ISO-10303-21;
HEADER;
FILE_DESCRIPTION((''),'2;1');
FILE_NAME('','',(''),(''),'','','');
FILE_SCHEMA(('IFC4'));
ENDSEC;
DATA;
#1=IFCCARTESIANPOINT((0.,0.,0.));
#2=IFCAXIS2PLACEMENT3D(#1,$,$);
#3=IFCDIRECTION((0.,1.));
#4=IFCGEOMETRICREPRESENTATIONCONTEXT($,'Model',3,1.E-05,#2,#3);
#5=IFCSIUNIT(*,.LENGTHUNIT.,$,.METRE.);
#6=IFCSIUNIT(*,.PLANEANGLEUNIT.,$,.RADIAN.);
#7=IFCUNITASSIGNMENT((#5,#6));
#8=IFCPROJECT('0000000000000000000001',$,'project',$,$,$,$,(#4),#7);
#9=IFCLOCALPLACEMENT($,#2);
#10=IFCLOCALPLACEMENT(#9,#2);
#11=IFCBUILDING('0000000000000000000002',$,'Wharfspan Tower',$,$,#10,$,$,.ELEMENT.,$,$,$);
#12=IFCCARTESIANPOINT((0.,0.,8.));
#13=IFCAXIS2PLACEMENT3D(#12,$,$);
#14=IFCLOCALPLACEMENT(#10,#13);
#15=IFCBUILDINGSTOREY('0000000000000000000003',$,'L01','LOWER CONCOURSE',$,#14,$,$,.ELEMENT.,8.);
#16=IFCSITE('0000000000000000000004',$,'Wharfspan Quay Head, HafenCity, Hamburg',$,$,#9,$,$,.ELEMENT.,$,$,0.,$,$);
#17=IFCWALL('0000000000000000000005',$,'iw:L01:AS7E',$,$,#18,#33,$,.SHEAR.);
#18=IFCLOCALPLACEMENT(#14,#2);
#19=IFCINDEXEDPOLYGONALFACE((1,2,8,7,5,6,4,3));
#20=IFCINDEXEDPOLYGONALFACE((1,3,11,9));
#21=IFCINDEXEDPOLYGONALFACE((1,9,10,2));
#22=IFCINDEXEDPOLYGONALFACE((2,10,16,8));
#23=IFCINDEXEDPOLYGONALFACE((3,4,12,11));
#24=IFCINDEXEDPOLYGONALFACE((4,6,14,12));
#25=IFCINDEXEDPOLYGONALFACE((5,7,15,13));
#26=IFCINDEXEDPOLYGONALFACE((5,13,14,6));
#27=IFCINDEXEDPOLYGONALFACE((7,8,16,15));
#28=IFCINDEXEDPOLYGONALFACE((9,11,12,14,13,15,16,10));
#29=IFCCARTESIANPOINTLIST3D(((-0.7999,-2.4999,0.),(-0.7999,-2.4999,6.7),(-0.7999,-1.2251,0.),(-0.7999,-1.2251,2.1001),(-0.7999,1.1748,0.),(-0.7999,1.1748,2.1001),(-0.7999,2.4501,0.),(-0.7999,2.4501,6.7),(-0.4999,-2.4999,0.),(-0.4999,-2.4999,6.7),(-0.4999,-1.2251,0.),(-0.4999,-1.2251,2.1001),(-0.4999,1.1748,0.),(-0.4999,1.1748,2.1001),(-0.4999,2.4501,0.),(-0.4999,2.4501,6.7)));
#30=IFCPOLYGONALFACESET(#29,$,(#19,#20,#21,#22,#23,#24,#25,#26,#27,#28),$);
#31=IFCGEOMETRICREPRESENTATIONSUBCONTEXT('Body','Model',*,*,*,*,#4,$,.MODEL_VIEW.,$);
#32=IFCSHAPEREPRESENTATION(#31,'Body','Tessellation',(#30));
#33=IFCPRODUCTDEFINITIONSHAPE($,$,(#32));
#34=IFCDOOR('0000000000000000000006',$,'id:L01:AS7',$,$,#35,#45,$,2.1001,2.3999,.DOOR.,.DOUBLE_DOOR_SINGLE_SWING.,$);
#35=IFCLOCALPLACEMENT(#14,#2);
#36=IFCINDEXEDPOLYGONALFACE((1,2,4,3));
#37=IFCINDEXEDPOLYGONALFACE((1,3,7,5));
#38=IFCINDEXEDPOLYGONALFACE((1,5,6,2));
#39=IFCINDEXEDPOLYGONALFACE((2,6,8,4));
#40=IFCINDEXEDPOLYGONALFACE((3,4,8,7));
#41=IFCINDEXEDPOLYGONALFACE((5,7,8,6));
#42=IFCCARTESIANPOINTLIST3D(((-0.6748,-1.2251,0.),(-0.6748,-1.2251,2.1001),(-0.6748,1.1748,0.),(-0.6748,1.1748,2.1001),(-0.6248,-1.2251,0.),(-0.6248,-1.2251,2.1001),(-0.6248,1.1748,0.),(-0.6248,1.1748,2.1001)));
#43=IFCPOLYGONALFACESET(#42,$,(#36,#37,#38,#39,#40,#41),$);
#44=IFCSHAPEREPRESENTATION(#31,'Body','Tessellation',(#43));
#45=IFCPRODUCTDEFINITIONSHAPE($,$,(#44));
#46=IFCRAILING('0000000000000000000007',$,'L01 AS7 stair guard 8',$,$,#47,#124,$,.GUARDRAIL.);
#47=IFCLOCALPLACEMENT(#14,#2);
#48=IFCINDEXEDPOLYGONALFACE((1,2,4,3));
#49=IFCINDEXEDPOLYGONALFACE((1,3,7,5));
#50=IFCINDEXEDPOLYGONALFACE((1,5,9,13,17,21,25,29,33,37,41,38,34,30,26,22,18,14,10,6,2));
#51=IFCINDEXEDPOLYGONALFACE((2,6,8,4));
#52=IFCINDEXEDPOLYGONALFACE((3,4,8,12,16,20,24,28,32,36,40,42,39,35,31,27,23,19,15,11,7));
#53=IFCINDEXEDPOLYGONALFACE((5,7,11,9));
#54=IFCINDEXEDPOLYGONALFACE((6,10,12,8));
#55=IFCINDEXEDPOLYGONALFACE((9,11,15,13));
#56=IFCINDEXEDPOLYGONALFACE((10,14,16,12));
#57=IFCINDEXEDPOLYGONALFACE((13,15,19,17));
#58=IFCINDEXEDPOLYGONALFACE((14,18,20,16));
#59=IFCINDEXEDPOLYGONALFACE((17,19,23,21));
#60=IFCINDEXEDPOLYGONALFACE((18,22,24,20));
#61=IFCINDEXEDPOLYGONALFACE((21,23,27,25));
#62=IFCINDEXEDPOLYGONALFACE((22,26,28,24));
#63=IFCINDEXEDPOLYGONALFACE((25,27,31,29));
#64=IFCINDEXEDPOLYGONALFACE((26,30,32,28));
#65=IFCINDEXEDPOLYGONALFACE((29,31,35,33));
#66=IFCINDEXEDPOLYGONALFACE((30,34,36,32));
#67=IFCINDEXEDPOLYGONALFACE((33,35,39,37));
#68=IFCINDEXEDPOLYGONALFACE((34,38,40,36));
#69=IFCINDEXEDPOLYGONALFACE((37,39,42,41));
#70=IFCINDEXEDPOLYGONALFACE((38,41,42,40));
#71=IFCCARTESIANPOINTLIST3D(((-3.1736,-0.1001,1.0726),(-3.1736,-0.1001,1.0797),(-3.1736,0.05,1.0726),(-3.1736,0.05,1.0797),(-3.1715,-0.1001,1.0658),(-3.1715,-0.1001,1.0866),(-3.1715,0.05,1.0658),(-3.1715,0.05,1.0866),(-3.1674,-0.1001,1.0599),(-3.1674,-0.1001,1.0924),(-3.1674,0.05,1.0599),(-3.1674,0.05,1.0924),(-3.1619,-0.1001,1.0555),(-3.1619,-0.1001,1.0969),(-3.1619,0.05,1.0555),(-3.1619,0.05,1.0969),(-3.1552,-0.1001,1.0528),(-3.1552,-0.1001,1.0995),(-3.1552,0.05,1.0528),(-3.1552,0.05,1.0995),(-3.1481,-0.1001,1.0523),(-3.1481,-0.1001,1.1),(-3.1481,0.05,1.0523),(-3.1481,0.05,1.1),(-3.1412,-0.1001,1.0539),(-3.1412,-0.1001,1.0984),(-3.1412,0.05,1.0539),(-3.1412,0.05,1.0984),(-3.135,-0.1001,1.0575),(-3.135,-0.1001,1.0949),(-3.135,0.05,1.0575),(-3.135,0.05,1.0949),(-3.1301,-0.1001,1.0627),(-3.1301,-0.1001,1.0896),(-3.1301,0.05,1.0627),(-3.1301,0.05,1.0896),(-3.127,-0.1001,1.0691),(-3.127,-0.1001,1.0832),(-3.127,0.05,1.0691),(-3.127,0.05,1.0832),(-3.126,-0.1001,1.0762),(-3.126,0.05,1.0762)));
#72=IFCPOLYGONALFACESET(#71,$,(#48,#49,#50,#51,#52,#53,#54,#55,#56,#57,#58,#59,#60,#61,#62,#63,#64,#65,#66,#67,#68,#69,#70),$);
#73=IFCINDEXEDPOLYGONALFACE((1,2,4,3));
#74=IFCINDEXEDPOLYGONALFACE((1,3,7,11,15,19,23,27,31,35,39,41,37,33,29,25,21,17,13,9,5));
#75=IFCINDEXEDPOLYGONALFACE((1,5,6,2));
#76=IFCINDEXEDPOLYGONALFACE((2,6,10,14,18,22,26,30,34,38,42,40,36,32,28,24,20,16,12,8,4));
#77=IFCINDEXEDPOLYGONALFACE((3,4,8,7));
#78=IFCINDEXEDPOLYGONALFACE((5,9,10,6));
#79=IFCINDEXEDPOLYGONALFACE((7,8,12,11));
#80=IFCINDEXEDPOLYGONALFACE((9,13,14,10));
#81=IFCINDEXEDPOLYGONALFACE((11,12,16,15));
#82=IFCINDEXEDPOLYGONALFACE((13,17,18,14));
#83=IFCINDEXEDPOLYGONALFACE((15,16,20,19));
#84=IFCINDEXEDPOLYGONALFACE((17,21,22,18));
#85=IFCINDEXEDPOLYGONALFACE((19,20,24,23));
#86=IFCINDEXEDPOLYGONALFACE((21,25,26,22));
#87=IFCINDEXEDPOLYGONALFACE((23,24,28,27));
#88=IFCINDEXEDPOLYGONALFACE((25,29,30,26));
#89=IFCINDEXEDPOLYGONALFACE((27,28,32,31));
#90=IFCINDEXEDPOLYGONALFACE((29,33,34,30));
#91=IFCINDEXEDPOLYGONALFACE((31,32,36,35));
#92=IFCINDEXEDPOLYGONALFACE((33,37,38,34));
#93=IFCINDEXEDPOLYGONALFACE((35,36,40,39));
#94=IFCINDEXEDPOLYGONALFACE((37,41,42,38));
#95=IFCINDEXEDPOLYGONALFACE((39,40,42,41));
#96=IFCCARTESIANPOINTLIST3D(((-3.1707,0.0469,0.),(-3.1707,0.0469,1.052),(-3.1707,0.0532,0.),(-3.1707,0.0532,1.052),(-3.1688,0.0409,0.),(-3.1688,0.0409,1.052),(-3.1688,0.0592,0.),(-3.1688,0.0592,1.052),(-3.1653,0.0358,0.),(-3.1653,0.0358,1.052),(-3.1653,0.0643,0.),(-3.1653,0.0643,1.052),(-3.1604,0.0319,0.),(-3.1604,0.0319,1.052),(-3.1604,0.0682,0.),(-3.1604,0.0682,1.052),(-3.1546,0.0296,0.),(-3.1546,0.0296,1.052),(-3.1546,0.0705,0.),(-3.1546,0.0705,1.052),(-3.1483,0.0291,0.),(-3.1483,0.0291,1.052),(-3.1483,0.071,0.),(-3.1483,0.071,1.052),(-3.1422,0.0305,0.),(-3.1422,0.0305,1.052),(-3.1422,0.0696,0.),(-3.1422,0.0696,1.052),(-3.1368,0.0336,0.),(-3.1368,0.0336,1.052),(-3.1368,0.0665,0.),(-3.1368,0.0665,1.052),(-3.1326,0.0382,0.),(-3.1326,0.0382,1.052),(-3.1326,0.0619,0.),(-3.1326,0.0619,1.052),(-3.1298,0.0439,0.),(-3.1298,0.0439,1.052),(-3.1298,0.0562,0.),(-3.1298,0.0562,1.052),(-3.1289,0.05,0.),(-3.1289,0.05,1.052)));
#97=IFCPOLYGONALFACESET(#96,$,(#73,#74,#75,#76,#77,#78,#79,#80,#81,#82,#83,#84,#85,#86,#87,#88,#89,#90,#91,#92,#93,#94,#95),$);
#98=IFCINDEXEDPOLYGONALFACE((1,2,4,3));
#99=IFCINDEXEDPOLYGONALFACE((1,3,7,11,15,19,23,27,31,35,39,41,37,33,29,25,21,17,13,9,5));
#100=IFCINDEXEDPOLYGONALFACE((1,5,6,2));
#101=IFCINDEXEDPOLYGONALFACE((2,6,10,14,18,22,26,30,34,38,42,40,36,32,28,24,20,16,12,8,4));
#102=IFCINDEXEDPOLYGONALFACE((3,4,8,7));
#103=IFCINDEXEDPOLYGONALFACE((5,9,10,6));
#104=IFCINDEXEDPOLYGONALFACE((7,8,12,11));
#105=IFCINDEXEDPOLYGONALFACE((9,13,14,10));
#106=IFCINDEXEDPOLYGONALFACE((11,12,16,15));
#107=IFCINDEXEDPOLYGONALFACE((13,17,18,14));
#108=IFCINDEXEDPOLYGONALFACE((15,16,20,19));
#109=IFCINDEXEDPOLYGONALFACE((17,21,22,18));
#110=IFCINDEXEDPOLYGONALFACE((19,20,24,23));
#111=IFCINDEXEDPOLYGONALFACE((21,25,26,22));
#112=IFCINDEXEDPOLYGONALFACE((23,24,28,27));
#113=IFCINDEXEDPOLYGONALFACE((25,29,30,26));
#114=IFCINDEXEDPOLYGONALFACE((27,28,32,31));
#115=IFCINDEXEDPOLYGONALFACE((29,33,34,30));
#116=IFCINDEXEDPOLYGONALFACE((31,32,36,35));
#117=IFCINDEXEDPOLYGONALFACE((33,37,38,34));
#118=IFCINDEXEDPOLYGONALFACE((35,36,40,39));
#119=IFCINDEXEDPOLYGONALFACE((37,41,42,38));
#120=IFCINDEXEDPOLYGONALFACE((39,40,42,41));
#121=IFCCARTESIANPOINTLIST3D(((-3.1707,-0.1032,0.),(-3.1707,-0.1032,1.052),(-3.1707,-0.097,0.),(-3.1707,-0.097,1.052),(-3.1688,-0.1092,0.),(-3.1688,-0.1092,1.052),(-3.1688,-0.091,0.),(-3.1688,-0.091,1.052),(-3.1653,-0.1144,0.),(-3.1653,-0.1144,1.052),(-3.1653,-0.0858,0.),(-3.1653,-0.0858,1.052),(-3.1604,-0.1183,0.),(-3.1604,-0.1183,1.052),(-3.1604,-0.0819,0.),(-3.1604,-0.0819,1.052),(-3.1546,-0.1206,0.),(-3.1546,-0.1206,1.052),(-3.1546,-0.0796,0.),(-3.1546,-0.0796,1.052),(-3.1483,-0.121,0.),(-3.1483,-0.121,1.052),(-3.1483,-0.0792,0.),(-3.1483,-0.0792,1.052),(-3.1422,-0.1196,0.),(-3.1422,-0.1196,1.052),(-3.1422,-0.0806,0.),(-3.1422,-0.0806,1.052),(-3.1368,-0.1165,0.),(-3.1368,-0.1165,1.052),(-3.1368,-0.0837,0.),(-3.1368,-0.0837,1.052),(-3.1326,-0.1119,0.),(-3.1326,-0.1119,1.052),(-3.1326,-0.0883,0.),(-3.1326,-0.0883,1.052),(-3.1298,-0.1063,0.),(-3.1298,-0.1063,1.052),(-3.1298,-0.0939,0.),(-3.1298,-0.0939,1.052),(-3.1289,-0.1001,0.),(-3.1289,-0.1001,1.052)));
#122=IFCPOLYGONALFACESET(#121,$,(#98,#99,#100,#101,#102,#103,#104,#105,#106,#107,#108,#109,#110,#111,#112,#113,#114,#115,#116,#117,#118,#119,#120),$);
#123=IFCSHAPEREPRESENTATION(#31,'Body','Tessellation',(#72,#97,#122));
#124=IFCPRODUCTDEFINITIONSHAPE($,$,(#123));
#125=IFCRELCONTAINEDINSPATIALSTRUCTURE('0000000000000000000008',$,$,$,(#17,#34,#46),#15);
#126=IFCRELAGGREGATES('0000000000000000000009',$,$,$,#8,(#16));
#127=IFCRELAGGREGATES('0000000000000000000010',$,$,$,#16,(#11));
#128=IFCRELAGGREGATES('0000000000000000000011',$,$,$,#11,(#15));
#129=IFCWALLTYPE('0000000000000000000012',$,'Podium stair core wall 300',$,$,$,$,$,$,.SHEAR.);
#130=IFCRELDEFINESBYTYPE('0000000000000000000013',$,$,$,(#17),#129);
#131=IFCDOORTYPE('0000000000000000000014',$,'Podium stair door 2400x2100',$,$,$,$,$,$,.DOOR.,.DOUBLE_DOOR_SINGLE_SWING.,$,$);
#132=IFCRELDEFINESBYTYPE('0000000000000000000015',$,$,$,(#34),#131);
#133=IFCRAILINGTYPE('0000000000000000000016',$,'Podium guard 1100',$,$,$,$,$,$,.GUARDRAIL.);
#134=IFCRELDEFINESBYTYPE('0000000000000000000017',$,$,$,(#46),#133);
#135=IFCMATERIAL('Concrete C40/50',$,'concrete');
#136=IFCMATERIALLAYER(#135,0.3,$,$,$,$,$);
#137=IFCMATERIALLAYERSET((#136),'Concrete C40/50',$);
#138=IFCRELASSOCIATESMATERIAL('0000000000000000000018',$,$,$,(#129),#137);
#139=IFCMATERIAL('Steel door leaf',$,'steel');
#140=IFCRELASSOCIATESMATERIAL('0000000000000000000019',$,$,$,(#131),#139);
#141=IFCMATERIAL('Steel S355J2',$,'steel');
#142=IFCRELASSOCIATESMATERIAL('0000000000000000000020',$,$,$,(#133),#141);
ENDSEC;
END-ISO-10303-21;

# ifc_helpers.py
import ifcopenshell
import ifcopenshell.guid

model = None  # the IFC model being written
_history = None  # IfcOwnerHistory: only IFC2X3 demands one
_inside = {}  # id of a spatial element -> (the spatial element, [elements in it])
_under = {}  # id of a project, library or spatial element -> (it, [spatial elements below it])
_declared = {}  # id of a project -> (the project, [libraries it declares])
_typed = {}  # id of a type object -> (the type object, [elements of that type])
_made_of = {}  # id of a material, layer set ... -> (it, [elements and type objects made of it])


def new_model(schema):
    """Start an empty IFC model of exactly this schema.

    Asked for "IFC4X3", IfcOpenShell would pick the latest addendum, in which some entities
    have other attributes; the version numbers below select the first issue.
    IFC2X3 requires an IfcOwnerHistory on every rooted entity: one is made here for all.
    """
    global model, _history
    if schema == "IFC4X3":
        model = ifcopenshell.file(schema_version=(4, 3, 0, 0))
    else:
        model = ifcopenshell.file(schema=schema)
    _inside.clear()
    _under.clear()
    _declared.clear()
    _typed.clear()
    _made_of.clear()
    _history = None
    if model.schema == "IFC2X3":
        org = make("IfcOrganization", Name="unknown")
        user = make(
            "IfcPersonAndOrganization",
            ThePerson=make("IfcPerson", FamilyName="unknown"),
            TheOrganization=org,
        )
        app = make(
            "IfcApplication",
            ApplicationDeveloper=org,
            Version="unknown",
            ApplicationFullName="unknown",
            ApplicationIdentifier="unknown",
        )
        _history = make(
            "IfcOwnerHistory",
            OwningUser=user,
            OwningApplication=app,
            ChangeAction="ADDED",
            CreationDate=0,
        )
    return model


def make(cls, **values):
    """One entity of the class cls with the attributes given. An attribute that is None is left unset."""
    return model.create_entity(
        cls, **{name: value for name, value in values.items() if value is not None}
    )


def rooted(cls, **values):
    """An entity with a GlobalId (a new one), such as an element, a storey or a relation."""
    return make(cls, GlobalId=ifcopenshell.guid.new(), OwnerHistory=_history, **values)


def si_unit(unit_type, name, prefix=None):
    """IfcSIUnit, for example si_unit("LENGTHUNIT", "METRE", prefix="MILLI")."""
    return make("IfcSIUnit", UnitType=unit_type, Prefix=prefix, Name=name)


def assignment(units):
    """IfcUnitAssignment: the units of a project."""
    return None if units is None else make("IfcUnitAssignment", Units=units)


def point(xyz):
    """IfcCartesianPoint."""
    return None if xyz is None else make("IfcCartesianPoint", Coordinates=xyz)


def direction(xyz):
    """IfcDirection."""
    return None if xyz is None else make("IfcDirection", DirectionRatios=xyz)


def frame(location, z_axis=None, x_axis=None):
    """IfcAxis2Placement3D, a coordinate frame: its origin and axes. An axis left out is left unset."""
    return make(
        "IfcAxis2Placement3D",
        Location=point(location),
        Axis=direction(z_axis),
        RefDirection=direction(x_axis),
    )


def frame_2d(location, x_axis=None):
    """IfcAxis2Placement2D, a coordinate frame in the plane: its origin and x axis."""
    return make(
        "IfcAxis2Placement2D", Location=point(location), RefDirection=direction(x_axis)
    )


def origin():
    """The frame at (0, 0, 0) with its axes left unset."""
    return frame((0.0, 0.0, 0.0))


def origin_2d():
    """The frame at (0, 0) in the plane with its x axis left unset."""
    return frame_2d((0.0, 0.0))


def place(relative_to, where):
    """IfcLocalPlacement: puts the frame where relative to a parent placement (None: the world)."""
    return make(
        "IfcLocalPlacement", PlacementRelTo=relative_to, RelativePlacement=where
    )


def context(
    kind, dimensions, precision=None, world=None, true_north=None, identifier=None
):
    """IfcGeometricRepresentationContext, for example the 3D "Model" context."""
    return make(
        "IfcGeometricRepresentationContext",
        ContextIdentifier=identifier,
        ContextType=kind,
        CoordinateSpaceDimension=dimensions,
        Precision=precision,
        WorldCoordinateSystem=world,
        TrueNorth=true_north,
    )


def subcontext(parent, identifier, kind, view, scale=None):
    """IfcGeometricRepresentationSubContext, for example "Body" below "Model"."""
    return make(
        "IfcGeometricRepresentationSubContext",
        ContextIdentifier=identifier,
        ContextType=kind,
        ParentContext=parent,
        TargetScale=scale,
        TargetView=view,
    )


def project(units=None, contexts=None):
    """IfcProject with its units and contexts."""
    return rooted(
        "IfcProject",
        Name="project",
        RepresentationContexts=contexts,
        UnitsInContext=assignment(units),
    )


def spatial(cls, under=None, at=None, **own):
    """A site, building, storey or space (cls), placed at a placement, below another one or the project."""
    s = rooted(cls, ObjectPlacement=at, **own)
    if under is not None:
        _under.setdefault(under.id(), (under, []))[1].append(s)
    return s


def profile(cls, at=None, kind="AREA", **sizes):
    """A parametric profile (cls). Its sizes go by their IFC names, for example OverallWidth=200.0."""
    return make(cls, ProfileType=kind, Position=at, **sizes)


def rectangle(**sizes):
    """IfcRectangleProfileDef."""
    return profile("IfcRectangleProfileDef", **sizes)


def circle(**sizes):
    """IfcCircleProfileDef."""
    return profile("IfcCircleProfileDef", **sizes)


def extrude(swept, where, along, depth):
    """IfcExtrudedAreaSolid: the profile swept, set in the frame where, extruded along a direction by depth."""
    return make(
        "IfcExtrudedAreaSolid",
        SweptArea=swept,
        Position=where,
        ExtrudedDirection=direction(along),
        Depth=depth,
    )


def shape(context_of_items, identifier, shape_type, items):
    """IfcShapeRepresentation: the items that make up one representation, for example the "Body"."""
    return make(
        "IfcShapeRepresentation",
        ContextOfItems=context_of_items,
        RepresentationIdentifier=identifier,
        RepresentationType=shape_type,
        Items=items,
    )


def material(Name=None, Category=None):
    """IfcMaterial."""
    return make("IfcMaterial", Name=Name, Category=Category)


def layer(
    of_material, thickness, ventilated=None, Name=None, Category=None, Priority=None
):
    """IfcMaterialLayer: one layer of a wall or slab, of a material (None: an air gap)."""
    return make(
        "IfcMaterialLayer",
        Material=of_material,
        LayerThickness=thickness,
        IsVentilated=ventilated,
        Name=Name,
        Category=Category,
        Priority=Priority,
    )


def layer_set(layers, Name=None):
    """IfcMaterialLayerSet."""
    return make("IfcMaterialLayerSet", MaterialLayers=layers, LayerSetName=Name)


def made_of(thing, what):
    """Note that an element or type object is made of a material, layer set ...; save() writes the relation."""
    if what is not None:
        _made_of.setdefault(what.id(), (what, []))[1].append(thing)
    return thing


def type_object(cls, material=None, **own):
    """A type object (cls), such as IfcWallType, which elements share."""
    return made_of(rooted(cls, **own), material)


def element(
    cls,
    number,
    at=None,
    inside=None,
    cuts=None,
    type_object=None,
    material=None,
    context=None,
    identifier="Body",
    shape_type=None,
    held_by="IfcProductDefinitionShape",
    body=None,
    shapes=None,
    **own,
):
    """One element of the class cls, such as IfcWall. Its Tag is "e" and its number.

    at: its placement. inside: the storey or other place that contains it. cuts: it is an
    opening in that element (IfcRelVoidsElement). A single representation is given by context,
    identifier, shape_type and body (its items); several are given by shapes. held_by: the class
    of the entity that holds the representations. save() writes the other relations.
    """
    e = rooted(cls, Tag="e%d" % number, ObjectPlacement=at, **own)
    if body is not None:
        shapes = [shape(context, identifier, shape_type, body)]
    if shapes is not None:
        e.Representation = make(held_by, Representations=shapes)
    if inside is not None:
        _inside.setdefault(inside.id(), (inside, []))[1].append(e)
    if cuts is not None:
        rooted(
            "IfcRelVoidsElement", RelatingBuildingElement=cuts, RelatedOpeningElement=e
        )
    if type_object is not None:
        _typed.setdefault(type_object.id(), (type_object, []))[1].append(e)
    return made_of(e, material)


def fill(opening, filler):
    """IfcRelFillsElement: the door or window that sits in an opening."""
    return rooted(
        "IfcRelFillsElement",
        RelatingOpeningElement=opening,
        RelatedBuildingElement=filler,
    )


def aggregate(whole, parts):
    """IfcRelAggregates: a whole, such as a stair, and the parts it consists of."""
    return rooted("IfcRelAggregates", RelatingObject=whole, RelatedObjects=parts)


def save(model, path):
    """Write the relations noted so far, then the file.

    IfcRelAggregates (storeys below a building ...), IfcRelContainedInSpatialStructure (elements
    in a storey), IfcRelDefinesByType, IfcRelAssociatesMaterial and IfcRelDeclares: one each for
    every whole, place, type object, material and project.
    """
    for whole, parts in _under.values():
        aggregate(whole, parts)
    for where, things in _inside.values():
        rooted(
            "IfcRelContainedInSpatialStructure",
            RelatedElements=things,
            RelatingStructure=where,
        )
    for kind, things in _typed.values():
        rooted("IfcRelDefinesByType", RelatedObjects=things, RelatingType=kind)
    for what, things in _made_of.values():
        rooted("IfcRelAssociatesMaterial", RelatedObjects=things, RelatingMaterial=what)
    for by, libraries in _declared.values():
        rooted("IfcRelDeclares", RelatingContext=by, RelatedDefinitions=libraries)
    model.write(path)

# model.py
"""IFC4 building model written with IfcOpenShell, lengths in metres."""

from ifc_helpers import new_model, si_unit, direction, frame, frame_2d, origin, origin_2d, place, context, subcontext, project, spatial, rectangle, circle, extrude, material, layer, layer_set, type_object, element, fill, save


model = new_model("IFC4")

# Units and contexts
model_context = context("Model", 3, precision=1e-05, world=origin(), true_north=direction((0.0, 1.0)))
body_context = subcontext(model_context, "Body", "Model", "MODEL_VIEW")
ifc_project = project(units=[si_unit("LENGTHUNIT", "METRE"), si_unit("PLANEANGLEUNIT", "RADIAN")], contexts=[model_context])

# Site, building, storey
site_placement = place(None, origin())
site = spatial("IfcSite", under=ifc_project, at=site_placement, Name="Wharfspan Quay Head, HafenCity, Hamburg", CompositionType="ELEMENT", RefElevation=0.0)
building_placement = place(site_placement, origin())
building = spatial("IfcBuilding", under=site, at=building_placement, Name="Wharfspan Tower", CompositionType="ELEMENT")
storey_placement = place(building_placement, frame((0.0, 0.0, 8.0)))
storey = spatial("IfcBuildingStorey", under=building, at=storey_placement, Name="L01", Description="LOWER CONCOURSE", CompositionType="ELEMENT", Elevation=8.0)

# Shared definitions
ifc_material_1 = material(Name="Concrete C40/50", Category="concrete")

# Wall, opening, door
ifc_layer_1 = layer(ifc_material_1, 0.3)
ifc_layer_set_1 = layer_set([ifc_layer_1], Name="Concrete C40/50")
wall_type_1 = type_object("IfcWallType", Name="Podium stair core wall 300", PredefinedType="SHEAR", material=ifc_layer_set_1)
wall_1_placement = place(storey_placement, frame((-0.6499, -2.5, 0.0), z_axis=(0.0, 0.0, 1.0), x_axis=(0.0, 1.0, 0.0)))
wall_1 = element("IfcWall", 1, at=wall_1_placement, inside=storey, type_object=wall_type_1, Name="iw:L01:AS7E", PredefinedType="SHEAR", context=body_context, shape_type="SweptSolid", body=[
    extrude(rectangle(XDim=4.95, YDim=0.3, at=frame_2d((2.4751, 0.0))), origin(), (0.0, 0.0, 1.0), 6.7),
])
opening_placement = place(wall_1_placement, frame((1.2749, 0.0, 0.0)))
opening = element("IfcOpeningElement", 2, at=opening_placement, cuts=wall_1, PredefinedType="OPENING", context=body_context, shape_type="SweptSolid", body=[
    extrude(rectangle(XDim=2.3999, YDim=2.1001, at=frame_2d((1.2, 1.05))), frame((0.0, 0.1599, 0.0), z_axis=(0.0, -1.0, 0.0), x_axis=(1.0, 0.0, 0.0)), (0.0, 0.0, 1.0), 0.3201),
])
ifc_material_2 = material(Name="Steel door leaf", Category="steel")
door_type = type_object("IfcDoorType", Name="Podium stair door 2400x2100", OperationType="DOUBLE_DOOR_SINGLE_SWING", PredefinedType="DOOR", material=ifc_material_2)
door_placement = place(opening_placement, origin())
door = element("IfcDoor", 3, at=door_placement, inside=storey, type_object=door_type, Name="id:L01:AS7", OperationType="DOUBLE_DOOR_SINGLE_SWING", OverallHeight=2.1001, OverallWidth=2.3999, PredefinedType="DOOR", context=body_context, shape_type="SweptSolid", body=[
    extrude(rectangle(XDim=2.3999, YDim=2.1001, at=frame_2d((1.2, 1.05))), frame((0.0, 0.0249, 0.0), z_axis=(0.0, -1.0, 0.0), x_axis=(1.0, 0.0, 0.0)), (0.0, 0.0, 1.0), 0.05),
])
fill(opening, door)

# Railing
ifc_material_3 = material(Name="Steel S355J2", Category="steel")
railing_type = type_object("IfcRailingType", Name="Podium guard 1100", PredefinedType="GUARDRAIL", material=ifc_material_3)
railing_placement = place(storey_placement, frame((-3.1499, 0.05, 0.0)))
element("IfcRailing", 4, at=railing_placement, inside=storey, type_object=railing_type, Name="L01 AS7 stair guard 8", PredefinedType="GUARDRAIL", context=body_context, shape_type="SweptSolid", body=[
    extrude(circle(Radius=0.0239, at=origin_2d()), frame((0.0, 0.0, 1.0762), z_axis=(0.0, -1.0, 0.0), x_axis=(1.0, 0.0, 0.0)), (0.0, 0.0, 1.0), 0.1501),
    extrude(circle(Radius=0.021, at=origin_2d()), origin(), (0.0, 0.0, 1.0), 1.052),
    extrude(circle(Radius=0.021, at=origin_2d()), frame((0.0, -0.1501, 0.0)), (0.0, 0.0, 1.0), 1.052),
])

save(model, "model.ifc")
